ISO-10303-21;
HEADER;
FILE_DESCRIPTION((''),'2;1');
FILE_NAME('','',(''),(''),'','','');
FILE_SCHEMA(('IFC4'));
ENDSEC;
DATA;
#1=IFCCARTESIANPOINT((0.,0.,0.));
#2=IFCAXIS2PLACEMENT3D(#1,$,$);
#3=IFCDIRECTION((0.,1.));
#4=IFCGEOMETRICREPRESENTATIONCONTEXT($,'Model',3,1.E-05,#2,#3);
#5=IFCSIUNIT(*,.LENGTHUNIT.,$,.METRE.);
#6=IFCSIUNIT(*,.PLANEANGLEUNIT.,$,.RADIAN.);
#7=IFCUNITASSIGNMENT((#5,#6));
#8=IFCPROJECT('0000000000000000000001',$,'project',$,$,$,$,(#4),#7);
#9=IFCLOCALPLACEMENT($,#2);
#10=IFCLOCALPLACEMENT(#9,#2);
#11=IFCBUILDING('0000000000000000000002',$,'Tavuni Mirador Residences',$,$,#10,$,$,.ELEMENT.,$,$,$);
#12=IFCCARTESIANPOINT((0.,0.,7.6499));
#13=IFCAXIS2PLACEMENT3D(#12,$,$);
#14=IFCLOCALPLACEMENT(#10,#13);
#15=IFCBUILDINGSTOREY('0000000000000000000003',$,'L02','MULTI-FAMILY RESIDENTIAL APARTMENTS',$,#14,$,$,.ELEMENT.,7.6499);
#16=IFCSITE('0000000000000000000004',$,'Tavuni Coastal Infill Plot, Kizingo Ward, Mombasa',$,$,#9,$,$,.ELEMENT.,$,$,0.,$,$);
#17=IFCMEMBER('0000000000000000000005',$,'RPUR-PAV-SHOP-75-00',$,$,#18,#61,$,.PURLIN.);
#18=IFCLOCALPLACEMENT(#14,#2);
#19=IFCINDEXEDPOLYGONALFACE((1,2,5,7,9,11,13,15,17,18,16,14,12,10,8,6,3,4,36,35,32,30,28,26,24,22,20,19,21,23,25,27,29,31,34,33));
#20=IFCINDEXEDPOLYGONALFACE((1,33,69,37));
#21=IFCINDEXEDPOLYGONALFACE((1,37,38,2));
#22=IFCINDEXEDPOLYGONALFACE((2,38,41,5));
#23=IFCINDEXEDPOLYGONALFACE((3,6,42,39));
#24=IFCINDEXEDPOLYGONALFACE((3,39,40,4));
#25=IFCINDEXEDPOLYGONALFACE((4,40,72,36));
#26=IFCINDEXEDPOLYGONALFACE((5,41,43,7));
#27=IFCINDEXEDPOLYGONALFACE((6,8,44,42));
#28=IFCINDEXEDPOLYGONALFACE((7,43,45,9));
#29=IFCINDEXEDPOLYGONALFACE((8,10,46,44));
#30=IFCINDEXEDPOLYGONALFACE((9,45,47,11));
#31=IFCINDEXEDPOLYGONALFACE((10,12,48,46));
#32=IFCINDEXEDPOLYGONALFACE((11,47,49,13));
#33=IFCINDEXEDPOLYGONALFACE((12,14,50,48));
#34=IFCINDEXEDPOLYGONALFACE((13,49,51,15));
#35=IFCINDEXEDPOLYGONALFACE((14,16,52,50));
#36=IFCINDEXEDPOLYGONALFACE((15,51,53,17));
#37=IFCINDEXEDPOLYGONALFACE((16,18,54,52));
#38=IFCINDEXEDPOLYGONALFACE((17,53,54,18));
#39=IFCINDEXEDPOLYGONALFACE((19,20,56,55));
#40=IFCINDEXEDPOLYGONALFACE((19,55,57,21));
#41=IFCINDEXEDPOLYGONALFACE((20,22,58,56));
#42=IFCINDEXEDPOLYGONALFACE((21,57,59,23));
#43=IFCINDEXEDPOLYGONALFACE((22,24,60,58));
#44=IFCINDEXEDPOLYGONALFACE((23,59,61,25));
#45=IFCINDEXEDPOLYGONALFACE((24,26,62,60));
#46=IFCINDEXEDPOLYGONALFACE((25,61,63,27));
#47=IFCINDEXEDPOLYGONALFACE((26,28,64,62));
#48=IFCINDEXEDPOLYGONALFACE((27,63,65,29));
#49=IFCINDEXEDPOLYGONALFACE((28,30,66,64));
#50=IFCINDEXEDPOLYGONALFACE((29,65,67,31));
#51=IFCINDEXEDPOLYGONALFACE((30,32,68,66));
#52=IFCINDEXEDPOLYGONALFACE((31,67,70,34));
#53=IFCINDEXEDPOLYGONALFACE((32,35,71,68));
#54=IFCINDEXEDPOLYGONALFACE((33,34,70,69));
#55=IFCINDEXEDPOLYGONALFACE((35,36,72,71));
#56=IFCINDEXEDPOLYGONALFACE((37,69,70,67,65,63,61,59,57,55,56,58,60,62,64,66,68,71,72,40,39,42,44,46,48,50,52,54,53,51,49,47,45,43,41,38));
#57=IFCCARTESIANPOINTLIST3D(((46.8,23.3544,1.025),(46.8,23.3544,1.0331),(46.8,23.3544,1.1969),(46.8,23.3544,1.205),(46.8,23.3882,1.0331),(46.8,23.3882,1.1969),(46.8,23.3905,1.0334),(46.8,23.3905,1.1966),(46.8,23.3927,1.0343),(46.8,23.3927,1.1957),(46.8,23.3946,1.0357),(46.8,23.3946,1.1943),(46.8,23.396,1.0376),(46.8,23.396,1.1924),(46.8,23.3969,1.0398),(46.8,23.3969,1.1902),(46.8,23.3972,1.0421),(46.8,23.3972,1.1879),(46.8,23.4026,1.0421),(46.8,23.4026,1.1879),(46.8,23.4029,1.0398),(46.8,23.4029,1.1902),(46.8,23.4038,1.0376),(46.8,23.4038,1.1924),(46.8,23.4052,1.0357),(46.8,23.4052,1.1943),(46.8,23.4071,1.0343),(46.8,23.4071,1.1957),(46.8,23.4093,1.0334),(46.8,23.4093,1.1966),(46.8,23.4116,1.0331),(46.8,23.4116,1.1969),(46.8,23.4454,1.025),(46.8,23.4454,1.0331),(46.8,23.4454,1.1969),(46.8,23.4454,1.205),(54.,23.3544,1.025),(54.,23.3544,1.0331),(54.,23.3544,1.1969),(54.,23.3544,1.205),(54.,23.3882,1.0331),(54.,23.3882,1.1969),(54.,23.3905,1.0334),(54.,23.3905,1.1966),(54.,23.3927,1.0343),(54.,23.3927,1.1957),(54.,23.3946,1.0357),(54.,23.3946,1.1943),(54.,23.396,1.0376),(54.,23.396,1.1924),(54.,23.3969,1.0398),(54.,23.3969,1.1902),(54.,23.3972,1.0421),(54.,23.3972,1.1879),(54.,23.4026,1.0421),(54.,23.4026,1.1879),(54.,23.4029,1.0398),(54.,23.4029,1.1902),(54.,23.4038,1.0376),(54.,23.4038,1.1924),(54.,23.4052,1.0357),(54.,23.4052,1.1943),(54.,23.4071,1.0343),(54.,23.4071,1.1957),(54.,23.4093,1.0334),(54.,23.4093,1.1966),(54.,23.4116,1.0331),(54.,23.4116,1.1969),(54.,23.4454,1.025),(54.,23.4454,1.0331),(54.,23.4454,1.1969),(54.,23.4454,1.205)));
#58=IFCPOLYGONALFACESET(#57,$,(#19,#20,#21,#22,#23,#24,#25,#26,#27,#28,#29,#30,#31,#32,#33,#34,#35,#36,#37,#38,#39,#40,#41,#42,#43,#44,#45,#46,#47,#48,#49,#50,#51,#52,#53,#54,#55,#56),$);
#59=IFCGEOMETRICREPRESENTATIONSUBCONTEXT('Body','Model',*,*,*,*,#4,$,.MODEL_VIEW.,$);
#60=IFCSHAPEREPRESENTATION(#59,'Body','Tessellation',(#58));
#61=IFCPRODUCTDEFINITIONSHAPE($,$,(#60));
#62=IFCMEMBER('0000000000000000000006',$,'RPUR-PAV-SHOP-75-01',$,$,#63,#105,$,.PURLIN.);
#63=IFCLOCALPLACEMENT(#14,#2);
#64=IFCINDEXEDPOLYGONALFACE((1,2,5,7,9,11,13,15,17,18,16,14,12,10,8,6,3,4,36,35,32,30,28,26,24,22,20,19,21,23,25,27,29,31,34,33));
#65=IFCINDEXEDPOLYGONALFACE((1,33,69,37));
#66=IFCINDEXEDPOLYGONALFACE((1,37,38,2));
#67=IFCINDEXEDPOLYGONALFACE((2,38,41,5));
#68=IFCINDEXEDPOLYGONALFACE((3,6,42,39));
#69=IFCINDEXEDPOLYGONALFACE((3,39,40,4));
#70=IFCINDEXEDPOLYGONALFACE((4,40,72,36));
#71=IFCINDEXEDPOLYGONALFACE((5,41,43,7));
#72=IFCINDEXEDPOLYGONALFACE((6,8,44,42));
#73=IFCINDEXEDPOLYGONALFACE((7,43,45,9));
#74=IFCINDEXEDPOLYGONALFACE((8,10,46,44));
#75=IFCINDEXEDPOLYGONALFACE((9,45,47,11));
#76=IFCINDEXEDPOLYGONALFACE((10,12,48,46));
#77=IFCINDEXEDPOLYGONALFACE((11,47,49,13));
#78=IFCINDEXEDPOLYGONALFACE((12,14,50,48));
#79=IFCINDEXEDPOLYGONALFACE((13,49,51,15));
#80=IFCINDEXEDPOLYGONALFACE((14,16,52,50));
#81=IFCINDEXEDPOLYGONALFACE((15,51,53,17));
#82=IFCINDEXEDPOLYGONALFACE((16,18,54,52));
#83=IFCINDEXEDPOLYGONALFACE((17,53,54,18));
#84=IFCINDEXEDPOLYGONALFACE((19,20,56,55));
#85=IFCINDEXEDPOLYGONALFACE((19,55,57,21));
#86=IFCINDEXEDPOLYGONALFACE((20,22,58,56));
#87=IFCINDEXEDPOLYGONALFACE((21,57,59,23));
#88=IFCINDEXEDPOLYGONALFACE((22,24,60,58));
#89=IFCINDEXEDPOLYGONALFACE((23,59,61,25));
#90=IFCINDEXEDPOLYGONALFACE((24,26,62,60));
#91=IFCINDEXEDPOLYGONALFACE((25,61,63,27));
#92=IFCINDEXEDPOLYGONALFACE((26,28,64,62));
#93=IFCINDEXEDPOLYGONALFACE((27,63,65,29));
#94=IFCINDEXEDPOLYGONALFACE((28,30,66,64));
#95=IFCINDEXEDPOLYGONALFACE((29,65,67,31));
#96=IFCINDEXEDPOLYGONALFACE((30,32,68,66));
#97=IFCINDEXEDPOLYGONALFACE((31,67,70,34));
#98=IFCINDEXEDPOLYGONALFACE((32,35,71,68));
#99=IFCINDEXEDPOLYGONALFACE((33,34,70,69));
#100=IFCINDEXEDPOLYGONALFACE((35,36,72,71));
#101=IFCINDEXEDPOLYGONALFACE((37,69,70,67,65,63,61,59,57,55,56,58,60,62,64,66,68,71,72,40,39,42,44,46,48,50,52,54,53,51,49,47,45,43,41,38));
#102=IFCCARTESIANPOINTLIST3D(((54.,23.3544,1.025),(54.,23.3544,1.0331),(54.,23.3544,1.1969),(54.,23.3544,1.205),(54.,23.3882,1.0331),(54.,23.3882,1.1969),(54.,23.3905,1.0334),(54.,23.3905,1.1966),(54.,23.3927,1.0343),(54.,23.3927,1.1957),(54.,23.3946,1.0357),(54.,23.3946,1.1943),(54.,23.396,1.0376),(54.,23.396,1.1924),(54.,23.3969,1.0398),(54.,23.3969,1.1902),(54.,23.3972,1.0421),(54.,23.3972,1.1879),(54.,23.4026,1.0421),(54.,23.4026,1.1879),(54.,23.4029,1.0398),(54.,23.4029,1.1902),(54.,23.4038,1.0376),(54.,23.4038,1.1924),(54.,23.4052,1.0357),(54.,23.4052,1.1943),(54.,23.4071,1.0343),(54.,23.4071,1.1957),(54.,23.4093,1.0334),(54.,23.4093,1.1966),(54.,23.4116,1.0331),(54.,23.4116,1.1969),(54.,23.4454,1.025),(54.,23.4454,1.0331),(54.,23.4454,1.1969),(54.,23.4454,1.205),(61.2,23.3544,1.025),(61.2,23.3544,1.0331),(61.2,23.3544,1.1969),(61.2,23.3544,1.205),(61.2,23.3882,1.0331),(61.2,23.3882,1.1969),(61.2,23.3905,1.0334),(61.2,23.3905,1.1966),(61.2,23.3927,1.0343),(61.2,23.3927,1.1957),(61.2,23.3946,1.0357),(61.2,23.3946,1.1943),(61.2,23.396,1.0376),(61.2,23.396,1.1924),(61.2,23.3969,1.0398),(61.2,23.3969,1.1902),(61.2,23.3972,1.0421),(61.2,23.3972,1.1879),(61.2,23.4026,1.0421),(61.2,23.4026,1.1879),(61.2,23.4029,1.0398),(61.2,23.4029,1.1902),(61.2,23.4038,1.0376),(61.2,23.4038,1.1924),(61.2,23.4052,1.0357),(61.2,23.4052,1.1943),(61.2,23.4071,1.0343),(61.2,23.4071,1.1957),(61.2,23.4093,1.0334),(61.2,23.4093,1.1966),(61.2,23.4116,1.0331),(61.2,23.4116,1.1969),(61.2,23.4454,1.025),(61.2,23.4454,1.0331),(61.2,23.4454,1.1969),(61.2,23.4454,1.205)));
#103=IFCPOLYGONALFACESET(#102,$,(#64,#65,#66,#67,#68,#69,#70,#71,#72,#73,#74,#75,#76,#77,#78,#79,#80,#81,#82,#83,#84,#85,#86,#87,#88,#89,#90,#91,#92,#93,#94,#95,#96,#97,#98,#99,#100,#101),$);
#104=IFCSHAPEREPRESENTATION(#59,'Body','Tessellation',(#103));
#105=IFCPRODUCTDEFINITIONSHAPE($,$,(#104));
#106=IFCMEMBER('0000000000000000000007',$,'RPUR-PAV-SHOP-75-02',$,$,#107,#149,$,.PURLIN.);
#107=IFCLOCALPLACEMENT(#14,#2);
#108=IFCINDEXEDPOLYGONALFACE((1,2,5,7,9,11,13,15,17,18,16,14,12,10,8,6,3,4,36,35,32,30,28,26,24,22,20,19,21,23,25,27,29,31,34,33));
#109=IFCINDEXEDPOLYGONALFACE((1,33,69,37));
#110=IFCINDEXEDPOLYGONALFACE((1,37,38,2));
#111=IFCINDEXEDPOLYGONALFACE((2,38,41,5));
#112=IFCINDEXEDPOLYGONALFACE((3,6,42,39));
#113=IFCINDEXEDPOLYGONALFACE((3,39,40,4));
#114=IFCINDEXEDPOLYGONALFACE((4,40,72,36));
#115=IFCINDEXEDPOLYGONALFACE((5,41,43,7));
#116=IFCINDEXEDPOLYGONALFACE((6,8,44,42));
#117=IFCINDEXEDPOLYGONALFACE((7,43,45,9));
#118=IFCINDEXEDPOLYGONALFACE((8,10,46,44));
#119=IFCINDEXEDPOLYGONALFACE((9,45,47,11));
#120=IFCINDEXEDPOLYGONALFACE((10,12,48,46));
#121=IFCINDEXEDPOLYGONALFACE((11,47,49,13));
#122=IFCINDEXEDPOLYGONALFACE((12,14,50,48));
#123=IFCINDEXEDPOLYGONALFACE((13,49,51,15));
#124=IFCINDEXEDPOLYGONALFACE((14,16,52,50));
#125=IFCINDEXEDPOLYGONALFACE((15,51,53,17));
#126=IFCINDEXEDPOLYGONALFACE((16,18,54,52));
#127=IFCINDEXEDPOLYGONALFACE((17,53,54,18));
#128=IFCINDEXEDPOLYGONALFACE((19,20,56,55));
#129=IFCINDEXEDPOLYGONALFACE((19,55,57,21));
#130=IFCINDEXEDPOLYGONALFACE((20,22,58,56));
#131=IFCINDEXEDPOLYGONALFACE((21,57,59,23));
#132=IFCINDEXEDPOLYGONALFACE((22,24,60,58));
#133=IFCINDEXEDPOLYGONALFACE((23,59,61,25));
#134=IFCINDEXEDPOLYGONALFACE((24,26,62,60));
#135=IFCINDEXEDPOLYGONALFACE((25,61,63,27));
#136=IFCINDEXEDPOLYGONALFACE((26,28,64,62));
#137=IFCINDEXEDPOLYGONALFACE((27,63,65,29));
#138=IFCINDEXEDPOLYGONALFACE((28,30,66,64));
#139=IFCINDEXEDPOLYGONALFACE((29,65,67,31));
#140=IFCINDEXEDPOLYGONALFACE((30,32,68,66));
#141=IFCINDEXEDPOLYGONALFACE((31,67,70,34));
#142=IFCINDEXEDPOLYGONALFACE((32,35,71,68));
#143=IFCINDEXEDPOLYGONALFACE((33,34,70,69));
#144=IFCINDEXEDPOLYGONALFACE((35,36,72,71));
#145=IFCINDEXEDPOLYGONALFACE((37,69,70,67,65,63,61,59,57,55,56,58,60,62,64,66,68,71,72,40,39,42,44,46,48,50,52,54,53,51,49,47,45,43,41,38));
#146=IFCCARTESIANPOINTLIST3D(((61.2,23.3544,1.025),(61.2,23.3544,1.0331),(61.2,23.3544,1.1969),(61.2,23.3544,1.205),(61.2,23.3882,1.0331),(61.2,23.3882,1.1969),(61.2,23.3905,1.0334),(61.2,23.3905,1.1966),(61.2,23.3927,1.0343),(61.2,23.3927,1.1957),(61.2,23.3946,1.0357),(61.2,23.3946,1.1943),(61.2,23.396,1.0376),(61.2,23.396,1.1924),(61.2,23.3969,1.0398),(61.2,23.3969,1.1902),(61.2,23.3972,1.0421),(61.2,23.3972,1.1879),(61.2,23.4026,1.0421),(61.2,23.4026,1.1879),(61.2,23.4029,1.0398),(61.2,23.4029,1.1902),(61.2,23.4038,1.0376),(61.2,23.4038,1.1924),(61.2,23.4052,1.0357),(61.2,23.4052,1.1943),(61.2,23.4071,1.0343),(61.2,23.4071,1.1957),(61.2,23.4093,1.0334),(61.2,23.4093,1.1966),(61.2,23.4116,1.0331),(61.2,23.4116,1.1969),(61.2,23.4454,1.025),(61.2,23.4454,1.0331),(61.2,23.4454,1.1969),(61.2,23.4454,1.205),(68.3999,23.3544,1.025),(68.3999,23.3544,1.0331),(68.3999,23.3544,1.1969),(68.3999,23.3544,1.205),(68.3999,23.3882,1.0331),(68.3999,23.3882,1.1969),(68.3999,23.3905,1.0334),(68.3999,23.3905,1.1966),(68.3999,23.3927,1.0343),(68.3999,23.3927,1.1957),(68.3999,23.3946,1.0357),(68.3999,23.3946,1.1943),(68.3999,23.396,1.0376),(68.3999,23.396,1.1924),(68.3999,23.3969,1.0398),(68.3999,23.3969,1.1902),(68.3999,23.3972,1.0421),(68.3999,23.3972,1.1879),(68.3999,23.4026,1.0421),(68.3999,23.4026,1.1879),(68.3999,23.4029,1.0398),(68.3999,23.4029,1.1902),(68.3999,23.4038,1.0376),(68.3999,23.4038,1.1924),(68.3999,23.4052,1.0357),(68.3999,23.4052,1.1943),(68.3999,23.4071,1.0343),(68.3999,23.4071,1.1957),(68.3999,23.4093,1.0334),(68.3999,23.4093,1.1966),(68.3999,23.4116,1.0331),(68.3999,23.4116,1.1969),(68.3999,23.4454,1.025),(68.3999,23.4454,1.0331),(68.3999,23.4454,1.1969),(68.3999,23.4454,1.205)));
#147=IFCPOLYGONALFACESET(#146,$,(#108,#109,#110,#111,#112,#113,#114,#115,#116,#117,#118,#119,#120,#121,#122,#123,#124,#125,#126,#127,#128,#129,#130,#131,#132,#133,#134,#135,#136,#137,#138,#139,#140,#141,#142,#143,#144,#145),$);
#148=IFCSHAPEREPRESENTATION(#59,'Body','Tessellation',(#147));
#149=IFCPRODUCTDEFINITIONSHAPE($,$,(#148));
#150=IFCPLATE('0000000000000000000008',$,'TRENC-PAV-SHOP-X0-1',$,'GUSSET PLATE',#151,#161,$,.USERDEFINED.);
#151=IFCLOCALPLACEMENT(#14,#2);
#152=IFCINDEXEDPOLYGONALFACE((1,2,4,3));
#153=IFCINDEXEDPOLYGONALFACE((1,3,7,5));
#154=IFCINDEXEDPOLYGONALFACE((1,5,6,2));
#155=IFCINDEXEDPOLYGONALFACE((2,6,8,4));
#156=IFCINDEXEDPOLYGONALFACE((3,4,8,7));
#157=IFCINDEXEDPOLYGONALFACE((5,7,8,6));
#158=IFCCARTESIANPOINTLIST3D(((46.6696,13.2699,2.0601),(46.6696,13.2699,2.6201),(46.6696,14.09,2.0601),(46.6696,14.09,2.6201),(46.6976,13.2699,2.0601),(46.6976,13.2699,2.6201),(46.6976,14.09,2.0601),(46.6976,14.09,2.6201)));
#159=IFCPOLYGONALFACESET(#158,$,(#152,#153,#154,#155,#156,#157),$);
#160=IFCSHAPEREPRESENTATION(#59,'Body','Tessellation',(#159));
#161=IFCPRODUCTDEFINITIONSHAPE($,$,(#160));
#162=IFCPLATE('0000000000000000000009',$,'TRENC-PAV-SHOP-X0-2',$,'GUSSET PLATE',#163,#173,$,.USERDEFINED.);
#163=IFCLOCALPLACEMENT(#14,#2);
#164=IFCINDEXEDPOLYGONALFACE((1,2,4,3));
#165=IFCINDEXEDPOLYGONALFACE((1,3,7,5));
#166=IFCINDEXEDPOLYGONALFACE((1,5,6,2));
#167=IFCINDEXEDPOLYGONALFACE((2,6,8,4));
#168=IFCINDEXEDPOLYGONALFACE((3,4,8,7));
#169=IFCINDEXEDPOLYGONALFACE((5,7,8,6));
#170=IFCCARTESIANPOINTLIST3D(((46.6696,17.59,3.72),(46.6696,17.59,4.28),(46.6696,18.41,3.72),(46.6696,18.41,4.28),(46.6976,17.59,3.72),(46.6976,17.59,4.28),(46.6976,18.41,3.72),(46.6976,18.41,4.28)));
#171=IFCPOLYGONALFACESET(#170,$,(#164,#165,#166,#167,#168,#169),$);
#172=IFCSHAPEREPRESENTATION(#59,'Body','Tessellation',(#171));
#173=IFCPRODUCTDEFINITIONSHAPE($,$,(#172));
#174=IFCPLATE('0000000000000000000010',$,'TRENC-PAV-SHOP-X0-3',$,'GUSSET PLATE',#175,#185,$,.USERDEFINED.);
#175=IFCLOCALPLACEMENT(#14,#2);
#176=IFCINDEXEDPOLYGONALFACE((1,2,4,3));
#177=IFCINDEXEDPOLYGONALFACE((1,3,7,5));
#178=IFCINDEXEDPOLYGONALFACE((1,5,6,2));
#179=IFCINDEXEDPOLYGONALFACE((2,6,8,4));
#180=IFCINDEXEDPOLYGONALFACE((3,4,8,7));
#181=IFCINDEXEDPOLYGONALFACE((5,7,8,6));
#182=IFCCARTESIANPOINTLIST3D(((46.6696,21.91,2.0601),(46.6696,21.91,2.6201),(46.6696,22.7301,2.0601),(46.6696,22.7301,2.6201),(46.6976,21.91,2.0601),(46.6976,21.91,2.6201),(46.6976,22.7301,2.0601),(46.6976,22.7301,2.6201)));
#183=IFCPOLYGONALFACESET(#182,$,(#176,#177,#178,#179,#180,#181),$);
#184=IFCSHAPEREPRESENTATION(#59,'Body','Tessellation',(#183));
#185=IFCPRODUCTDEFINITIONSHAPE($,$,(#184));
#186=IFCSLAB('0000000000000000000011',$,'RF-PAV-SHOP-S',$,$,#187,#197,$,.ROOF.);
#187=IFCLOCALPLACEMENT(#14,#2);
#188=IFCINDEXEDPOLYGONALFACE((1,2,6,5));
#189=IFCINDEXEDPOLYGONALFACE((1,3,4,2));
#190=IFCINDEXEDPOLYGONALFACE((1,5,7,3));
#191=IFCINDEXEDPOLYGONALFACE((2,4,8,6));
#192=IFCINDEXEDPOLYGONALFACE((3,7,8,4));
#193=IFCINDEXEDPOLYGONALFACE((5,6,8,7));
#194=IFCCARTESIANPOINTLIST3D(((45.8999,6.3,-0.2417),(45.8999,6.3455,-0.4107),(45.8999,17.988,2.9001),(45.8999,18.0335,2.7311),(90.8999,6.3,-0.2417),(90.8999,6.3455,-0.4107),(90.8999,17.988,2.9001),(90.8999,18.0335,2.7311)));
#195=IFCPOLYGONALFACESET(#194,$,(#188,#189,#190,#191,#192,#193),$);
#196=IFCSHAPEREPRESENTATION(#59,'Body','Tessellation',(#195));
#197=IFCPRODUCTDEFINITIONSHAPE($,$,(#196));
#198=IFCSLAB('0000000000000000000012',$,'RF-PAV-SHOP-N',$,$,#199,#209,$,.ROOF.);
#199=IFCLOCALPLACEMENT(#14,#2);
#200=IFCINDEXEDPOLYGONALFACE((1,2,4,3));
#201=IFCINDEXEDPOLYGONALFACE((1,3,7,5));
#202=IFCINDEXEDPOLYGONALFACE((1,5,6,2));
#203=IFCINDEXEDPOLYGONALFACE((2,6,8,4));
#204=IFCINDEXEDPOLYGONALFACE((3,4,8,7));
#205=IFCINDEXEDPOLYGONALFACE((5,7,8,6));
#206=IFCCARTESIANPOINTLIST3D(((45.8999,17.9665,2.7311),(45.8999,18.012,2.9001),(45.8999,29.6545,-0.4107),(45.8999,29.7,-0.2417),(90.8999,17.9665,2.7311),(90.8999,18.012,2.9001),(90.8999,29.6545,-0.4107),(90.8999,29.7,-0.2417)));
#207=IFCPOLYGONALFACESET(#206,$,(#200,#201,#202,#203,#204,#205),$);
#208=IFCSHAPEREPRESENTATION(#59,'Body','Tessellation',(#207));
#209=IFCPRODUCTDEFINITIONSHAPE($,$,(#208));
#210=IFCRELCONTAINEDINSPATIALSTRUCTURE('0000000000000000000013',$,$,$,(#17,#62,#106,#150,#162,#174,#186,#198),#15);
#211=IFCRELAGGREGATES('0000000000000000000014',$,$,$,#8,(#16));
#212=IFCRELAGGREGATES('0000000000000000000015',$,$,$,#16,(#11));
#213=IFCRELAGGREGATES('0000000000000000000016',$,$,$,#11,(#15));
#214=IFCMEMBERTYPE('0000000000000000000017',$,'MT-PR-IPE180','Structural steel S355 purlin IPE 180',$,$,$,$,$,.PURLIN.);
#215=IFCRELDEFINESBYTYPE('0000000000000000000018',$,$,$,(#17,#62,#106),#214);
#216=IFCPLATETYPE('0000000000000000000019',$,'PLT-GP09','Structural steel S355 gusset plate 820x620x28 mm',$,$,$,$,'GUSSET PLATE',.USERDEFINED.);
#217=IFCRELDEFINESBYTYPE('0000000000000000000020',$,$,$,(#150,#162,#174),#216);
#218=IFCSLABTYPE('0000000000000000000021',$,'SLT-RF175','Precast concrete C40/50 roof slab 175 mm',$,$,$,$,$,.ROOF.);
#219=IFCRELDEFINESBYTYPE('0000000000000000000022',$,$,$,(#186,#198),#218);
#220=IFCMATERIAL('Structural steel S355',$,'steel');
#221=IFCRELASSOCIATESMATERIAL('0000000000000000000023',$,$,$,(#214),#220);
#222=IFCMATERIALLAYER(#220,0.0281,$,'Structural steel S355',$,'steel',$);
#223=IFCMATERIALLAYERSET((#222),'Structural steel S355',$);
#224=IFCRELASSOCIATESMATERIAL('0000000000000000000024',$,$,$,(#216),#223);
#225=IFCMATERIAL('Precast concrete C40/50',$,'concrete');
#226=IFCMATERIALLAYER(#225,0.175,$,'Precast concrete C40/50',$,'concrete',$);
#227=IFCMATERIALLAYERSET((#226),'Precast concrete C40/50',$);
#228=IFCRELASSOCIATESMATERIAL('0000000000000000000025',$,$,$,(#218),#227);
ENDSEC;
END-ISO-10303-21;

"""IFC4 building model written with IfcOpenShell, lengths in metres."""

from ifc_helpers import new_model, si_unit, direction, frame, origin, origin_2d, place, context, subcontext, project, spatial, polyline, rectangle, i_section, outline, extrude, material, layer, layer_set, material_profile, profile_set, type_object, element, save


model = new_model("IFC4")

# Units and contexts
model_context = context("Model", 3, precision=1e-05, world=origin(), true_north=direction((0.0, 1.0)))
body_context = subcontext(model_context, "Body", "Model", "MODEL_VIEW")
ifc_project = project(units=[si_unit("LENGTHUNIT", "METRE"), si_unit("PLANEANGLEUNIT", "RADIAN")], contexts=[model_context])

# Site, building, storey
site_placement = place(None, origin())
site = spatial("IfcSite", under=ifc_project, at=site_placement, Name="Tavuni Coastal Infill Plot, Kizingo Ward, Mombasa", CompositionType="ELEMENT", RefElevation=0.0)
building_placement = place(site_placement, origin())
building = spatial("IfcBuilding", under=site, at=building_placement, Name="Tavuni Mirador Residences", CompositionType="ELEMENT")
storey_placement = place(building_placement, frame((0.0, 0.0, 7.6499)))
storey = spatial("IfcBuildingStorey", under=building, at=storey_placement, Name="L02", Description="MULTI-FAMILY RESIDENTIAL APARTMENTS", CompositionType="ELEMENT", Elevation=7.6499)

# Members
ifc_material_1 = material(Name="Structural steel S355", Category="steel")
ifc_material_profile_1 = material_profile(ifc_material_1, i_section(OverallWidth=0.0911, OverallDepth=0.1799, WebThickness=0.0054, FlangeThickness=0.0081, FilletRadius=0.009, at=origin_2d()), Name="IPE 180", Category="steel")
ifc_profile_set_1 = profile_set([ifc_material_profile_1], Name="Structural steel S355")
member_type_1 = type_object("IfcMemberType", Name="MT-PR-IPE180", Description="Structural steel S355 purlin IPE 180", PredefinedType="PURLIN", material=ifc_profile_set_1)
for number, where, z_axis, x_axis, name in (
    (1, (46.8, 23.3999, 1.115), (1.0, 0.0, 0.0), (0.0, 1.0, 0.0), "RPUR-PAV-SHOP-75-00"),
    (2, (54.0, 23.3999, 1.115), (1.0, 0.0, 0.0), (0.0, 1.0, 0.0), "RPUR-PAV-SHOP-75-01"),
    (3, (61.2, 23.3999, 1.115), (1.0, 0.0, 0.0), (0.0, 1.0, 0.0), "RPUR-PAV-SHOP-75-02"),
):
    element("IfcMember", number, at=place(storey_placement, frame(where, z_axis=z_axis, x_axis=x_axis)), inside=storey, type_object=member_type_1, Name=name, PredefinedType="PURLIN", context=body_context, shape_type="SweptSolid", body=[
        extrude(i_section(OverallWidth=0.0911, OverallDepth=0.1799, WebThickness=0.0054, FlangeThickness=0.0081, FilletRadius=0.009, at=origin_2d()), origin(), (0.0, 0.0, 1.0), 7.2),
    ])

# Plates
ifc_layer_1 = layer(ifc_material_1, 0.0281, Name="Structural steel S355", Category="steel")
ifc_layer_set_1 = layer_set([ifc_layer_1], Name="Structural steel S355")
plate_type = type_object("IfcPlateType", Name="PLT-GP09", Description="Structural steel S355 gusset plate 820x620x28 mm", ElementType="GUSSET PLATE", PredefinedType="USERDEFINED", material=ifc_layer_set_1)
for number, where, z_axis, x_axis, name in (
    (4, (46.6836, 13.6799, 2.0601), (0.0, 0.0, 1.0), (0.0, 1.0, 0.0), "TRENC-PAV-SHOP-X0-1"),
    (5, (46.6836, 18.0, 3.72), (0.0, 0.0, 1.0), (0.0, 1.0, 0.0), "TRENC-PAV-SHOP-X0-2"),
    (6, (46.6836, 22.3201, 2.0601), (0.0, 0.0, 1.0), (0.0, 1.0, 0.0), "TRENC-PAV-SHOP-X0-3"),
):
    element("IfcPlate", number, at=place(storey_placement, frame(where, z_axis=z_axis, x_axis=x_axis)), inside=storey, type_object=plate_type, Name=name, ObjectType="GUSSET PLATE", PredefinedType="USERDEFINED", context=body_context, shape_type="SweptSolid", body=[
        extrude(rectangle(XDim=0.8201, YDim=0.0281, at=origin_2d()), origin(), (0.0, 0.0, 1.0), 0.5601),
    ])

# Slabs
ifc_material_2 = material(Name="Precast concrete C40/50", Category="concrete")
ifc_layer_2 = layer(ifc_material_2, 0.175, Name="Precast concrete C40/50", Category="concrete")
ifc_layer_set_2 = layer_set([ifc_layer_2], Name="Precast concrete C40/50")
slab_type = type_object("IfcSlabType", Name="SLT-RF175", Description="Precast concrete C40/50 roof slab 175 mm", PredefinedType="ROOF", material=ifc_layer_set_2)
for number, where, z_axis, x_axis, name in (
    (7, (45.8999, 6.3, -0.2417), (0.0, -0.259594, 0.965718), (1.0, 0.0, 0.0), "RF-PAV-SHOP-S"),
    (8, (45.8999, 18.012, 2.9001), (0.0, 0.259594, 0.965718), (1.0, 0.0, 0.0), "RF-PAV-SHOP-N"),
):
    element("IfcSlab", number, at=place(storey_placement, frame(where, z_axis=z_axis, x_axis=x_axis)), inside=storey, type_object=slab_type, Name=name, PredefinedType="ROOF", context=body_context, shape_type="SweptSolid", body=[
        extrude(outline(polyline([(0.0, 0.0), (45.0, 0.0), (45.0, 12.1029), (0.0, 12.1029), (0.0, 0.0)])), origin(), (0.0, 0.0, -1.0), 0.175),
    ])

save(model, "model.ifc")
